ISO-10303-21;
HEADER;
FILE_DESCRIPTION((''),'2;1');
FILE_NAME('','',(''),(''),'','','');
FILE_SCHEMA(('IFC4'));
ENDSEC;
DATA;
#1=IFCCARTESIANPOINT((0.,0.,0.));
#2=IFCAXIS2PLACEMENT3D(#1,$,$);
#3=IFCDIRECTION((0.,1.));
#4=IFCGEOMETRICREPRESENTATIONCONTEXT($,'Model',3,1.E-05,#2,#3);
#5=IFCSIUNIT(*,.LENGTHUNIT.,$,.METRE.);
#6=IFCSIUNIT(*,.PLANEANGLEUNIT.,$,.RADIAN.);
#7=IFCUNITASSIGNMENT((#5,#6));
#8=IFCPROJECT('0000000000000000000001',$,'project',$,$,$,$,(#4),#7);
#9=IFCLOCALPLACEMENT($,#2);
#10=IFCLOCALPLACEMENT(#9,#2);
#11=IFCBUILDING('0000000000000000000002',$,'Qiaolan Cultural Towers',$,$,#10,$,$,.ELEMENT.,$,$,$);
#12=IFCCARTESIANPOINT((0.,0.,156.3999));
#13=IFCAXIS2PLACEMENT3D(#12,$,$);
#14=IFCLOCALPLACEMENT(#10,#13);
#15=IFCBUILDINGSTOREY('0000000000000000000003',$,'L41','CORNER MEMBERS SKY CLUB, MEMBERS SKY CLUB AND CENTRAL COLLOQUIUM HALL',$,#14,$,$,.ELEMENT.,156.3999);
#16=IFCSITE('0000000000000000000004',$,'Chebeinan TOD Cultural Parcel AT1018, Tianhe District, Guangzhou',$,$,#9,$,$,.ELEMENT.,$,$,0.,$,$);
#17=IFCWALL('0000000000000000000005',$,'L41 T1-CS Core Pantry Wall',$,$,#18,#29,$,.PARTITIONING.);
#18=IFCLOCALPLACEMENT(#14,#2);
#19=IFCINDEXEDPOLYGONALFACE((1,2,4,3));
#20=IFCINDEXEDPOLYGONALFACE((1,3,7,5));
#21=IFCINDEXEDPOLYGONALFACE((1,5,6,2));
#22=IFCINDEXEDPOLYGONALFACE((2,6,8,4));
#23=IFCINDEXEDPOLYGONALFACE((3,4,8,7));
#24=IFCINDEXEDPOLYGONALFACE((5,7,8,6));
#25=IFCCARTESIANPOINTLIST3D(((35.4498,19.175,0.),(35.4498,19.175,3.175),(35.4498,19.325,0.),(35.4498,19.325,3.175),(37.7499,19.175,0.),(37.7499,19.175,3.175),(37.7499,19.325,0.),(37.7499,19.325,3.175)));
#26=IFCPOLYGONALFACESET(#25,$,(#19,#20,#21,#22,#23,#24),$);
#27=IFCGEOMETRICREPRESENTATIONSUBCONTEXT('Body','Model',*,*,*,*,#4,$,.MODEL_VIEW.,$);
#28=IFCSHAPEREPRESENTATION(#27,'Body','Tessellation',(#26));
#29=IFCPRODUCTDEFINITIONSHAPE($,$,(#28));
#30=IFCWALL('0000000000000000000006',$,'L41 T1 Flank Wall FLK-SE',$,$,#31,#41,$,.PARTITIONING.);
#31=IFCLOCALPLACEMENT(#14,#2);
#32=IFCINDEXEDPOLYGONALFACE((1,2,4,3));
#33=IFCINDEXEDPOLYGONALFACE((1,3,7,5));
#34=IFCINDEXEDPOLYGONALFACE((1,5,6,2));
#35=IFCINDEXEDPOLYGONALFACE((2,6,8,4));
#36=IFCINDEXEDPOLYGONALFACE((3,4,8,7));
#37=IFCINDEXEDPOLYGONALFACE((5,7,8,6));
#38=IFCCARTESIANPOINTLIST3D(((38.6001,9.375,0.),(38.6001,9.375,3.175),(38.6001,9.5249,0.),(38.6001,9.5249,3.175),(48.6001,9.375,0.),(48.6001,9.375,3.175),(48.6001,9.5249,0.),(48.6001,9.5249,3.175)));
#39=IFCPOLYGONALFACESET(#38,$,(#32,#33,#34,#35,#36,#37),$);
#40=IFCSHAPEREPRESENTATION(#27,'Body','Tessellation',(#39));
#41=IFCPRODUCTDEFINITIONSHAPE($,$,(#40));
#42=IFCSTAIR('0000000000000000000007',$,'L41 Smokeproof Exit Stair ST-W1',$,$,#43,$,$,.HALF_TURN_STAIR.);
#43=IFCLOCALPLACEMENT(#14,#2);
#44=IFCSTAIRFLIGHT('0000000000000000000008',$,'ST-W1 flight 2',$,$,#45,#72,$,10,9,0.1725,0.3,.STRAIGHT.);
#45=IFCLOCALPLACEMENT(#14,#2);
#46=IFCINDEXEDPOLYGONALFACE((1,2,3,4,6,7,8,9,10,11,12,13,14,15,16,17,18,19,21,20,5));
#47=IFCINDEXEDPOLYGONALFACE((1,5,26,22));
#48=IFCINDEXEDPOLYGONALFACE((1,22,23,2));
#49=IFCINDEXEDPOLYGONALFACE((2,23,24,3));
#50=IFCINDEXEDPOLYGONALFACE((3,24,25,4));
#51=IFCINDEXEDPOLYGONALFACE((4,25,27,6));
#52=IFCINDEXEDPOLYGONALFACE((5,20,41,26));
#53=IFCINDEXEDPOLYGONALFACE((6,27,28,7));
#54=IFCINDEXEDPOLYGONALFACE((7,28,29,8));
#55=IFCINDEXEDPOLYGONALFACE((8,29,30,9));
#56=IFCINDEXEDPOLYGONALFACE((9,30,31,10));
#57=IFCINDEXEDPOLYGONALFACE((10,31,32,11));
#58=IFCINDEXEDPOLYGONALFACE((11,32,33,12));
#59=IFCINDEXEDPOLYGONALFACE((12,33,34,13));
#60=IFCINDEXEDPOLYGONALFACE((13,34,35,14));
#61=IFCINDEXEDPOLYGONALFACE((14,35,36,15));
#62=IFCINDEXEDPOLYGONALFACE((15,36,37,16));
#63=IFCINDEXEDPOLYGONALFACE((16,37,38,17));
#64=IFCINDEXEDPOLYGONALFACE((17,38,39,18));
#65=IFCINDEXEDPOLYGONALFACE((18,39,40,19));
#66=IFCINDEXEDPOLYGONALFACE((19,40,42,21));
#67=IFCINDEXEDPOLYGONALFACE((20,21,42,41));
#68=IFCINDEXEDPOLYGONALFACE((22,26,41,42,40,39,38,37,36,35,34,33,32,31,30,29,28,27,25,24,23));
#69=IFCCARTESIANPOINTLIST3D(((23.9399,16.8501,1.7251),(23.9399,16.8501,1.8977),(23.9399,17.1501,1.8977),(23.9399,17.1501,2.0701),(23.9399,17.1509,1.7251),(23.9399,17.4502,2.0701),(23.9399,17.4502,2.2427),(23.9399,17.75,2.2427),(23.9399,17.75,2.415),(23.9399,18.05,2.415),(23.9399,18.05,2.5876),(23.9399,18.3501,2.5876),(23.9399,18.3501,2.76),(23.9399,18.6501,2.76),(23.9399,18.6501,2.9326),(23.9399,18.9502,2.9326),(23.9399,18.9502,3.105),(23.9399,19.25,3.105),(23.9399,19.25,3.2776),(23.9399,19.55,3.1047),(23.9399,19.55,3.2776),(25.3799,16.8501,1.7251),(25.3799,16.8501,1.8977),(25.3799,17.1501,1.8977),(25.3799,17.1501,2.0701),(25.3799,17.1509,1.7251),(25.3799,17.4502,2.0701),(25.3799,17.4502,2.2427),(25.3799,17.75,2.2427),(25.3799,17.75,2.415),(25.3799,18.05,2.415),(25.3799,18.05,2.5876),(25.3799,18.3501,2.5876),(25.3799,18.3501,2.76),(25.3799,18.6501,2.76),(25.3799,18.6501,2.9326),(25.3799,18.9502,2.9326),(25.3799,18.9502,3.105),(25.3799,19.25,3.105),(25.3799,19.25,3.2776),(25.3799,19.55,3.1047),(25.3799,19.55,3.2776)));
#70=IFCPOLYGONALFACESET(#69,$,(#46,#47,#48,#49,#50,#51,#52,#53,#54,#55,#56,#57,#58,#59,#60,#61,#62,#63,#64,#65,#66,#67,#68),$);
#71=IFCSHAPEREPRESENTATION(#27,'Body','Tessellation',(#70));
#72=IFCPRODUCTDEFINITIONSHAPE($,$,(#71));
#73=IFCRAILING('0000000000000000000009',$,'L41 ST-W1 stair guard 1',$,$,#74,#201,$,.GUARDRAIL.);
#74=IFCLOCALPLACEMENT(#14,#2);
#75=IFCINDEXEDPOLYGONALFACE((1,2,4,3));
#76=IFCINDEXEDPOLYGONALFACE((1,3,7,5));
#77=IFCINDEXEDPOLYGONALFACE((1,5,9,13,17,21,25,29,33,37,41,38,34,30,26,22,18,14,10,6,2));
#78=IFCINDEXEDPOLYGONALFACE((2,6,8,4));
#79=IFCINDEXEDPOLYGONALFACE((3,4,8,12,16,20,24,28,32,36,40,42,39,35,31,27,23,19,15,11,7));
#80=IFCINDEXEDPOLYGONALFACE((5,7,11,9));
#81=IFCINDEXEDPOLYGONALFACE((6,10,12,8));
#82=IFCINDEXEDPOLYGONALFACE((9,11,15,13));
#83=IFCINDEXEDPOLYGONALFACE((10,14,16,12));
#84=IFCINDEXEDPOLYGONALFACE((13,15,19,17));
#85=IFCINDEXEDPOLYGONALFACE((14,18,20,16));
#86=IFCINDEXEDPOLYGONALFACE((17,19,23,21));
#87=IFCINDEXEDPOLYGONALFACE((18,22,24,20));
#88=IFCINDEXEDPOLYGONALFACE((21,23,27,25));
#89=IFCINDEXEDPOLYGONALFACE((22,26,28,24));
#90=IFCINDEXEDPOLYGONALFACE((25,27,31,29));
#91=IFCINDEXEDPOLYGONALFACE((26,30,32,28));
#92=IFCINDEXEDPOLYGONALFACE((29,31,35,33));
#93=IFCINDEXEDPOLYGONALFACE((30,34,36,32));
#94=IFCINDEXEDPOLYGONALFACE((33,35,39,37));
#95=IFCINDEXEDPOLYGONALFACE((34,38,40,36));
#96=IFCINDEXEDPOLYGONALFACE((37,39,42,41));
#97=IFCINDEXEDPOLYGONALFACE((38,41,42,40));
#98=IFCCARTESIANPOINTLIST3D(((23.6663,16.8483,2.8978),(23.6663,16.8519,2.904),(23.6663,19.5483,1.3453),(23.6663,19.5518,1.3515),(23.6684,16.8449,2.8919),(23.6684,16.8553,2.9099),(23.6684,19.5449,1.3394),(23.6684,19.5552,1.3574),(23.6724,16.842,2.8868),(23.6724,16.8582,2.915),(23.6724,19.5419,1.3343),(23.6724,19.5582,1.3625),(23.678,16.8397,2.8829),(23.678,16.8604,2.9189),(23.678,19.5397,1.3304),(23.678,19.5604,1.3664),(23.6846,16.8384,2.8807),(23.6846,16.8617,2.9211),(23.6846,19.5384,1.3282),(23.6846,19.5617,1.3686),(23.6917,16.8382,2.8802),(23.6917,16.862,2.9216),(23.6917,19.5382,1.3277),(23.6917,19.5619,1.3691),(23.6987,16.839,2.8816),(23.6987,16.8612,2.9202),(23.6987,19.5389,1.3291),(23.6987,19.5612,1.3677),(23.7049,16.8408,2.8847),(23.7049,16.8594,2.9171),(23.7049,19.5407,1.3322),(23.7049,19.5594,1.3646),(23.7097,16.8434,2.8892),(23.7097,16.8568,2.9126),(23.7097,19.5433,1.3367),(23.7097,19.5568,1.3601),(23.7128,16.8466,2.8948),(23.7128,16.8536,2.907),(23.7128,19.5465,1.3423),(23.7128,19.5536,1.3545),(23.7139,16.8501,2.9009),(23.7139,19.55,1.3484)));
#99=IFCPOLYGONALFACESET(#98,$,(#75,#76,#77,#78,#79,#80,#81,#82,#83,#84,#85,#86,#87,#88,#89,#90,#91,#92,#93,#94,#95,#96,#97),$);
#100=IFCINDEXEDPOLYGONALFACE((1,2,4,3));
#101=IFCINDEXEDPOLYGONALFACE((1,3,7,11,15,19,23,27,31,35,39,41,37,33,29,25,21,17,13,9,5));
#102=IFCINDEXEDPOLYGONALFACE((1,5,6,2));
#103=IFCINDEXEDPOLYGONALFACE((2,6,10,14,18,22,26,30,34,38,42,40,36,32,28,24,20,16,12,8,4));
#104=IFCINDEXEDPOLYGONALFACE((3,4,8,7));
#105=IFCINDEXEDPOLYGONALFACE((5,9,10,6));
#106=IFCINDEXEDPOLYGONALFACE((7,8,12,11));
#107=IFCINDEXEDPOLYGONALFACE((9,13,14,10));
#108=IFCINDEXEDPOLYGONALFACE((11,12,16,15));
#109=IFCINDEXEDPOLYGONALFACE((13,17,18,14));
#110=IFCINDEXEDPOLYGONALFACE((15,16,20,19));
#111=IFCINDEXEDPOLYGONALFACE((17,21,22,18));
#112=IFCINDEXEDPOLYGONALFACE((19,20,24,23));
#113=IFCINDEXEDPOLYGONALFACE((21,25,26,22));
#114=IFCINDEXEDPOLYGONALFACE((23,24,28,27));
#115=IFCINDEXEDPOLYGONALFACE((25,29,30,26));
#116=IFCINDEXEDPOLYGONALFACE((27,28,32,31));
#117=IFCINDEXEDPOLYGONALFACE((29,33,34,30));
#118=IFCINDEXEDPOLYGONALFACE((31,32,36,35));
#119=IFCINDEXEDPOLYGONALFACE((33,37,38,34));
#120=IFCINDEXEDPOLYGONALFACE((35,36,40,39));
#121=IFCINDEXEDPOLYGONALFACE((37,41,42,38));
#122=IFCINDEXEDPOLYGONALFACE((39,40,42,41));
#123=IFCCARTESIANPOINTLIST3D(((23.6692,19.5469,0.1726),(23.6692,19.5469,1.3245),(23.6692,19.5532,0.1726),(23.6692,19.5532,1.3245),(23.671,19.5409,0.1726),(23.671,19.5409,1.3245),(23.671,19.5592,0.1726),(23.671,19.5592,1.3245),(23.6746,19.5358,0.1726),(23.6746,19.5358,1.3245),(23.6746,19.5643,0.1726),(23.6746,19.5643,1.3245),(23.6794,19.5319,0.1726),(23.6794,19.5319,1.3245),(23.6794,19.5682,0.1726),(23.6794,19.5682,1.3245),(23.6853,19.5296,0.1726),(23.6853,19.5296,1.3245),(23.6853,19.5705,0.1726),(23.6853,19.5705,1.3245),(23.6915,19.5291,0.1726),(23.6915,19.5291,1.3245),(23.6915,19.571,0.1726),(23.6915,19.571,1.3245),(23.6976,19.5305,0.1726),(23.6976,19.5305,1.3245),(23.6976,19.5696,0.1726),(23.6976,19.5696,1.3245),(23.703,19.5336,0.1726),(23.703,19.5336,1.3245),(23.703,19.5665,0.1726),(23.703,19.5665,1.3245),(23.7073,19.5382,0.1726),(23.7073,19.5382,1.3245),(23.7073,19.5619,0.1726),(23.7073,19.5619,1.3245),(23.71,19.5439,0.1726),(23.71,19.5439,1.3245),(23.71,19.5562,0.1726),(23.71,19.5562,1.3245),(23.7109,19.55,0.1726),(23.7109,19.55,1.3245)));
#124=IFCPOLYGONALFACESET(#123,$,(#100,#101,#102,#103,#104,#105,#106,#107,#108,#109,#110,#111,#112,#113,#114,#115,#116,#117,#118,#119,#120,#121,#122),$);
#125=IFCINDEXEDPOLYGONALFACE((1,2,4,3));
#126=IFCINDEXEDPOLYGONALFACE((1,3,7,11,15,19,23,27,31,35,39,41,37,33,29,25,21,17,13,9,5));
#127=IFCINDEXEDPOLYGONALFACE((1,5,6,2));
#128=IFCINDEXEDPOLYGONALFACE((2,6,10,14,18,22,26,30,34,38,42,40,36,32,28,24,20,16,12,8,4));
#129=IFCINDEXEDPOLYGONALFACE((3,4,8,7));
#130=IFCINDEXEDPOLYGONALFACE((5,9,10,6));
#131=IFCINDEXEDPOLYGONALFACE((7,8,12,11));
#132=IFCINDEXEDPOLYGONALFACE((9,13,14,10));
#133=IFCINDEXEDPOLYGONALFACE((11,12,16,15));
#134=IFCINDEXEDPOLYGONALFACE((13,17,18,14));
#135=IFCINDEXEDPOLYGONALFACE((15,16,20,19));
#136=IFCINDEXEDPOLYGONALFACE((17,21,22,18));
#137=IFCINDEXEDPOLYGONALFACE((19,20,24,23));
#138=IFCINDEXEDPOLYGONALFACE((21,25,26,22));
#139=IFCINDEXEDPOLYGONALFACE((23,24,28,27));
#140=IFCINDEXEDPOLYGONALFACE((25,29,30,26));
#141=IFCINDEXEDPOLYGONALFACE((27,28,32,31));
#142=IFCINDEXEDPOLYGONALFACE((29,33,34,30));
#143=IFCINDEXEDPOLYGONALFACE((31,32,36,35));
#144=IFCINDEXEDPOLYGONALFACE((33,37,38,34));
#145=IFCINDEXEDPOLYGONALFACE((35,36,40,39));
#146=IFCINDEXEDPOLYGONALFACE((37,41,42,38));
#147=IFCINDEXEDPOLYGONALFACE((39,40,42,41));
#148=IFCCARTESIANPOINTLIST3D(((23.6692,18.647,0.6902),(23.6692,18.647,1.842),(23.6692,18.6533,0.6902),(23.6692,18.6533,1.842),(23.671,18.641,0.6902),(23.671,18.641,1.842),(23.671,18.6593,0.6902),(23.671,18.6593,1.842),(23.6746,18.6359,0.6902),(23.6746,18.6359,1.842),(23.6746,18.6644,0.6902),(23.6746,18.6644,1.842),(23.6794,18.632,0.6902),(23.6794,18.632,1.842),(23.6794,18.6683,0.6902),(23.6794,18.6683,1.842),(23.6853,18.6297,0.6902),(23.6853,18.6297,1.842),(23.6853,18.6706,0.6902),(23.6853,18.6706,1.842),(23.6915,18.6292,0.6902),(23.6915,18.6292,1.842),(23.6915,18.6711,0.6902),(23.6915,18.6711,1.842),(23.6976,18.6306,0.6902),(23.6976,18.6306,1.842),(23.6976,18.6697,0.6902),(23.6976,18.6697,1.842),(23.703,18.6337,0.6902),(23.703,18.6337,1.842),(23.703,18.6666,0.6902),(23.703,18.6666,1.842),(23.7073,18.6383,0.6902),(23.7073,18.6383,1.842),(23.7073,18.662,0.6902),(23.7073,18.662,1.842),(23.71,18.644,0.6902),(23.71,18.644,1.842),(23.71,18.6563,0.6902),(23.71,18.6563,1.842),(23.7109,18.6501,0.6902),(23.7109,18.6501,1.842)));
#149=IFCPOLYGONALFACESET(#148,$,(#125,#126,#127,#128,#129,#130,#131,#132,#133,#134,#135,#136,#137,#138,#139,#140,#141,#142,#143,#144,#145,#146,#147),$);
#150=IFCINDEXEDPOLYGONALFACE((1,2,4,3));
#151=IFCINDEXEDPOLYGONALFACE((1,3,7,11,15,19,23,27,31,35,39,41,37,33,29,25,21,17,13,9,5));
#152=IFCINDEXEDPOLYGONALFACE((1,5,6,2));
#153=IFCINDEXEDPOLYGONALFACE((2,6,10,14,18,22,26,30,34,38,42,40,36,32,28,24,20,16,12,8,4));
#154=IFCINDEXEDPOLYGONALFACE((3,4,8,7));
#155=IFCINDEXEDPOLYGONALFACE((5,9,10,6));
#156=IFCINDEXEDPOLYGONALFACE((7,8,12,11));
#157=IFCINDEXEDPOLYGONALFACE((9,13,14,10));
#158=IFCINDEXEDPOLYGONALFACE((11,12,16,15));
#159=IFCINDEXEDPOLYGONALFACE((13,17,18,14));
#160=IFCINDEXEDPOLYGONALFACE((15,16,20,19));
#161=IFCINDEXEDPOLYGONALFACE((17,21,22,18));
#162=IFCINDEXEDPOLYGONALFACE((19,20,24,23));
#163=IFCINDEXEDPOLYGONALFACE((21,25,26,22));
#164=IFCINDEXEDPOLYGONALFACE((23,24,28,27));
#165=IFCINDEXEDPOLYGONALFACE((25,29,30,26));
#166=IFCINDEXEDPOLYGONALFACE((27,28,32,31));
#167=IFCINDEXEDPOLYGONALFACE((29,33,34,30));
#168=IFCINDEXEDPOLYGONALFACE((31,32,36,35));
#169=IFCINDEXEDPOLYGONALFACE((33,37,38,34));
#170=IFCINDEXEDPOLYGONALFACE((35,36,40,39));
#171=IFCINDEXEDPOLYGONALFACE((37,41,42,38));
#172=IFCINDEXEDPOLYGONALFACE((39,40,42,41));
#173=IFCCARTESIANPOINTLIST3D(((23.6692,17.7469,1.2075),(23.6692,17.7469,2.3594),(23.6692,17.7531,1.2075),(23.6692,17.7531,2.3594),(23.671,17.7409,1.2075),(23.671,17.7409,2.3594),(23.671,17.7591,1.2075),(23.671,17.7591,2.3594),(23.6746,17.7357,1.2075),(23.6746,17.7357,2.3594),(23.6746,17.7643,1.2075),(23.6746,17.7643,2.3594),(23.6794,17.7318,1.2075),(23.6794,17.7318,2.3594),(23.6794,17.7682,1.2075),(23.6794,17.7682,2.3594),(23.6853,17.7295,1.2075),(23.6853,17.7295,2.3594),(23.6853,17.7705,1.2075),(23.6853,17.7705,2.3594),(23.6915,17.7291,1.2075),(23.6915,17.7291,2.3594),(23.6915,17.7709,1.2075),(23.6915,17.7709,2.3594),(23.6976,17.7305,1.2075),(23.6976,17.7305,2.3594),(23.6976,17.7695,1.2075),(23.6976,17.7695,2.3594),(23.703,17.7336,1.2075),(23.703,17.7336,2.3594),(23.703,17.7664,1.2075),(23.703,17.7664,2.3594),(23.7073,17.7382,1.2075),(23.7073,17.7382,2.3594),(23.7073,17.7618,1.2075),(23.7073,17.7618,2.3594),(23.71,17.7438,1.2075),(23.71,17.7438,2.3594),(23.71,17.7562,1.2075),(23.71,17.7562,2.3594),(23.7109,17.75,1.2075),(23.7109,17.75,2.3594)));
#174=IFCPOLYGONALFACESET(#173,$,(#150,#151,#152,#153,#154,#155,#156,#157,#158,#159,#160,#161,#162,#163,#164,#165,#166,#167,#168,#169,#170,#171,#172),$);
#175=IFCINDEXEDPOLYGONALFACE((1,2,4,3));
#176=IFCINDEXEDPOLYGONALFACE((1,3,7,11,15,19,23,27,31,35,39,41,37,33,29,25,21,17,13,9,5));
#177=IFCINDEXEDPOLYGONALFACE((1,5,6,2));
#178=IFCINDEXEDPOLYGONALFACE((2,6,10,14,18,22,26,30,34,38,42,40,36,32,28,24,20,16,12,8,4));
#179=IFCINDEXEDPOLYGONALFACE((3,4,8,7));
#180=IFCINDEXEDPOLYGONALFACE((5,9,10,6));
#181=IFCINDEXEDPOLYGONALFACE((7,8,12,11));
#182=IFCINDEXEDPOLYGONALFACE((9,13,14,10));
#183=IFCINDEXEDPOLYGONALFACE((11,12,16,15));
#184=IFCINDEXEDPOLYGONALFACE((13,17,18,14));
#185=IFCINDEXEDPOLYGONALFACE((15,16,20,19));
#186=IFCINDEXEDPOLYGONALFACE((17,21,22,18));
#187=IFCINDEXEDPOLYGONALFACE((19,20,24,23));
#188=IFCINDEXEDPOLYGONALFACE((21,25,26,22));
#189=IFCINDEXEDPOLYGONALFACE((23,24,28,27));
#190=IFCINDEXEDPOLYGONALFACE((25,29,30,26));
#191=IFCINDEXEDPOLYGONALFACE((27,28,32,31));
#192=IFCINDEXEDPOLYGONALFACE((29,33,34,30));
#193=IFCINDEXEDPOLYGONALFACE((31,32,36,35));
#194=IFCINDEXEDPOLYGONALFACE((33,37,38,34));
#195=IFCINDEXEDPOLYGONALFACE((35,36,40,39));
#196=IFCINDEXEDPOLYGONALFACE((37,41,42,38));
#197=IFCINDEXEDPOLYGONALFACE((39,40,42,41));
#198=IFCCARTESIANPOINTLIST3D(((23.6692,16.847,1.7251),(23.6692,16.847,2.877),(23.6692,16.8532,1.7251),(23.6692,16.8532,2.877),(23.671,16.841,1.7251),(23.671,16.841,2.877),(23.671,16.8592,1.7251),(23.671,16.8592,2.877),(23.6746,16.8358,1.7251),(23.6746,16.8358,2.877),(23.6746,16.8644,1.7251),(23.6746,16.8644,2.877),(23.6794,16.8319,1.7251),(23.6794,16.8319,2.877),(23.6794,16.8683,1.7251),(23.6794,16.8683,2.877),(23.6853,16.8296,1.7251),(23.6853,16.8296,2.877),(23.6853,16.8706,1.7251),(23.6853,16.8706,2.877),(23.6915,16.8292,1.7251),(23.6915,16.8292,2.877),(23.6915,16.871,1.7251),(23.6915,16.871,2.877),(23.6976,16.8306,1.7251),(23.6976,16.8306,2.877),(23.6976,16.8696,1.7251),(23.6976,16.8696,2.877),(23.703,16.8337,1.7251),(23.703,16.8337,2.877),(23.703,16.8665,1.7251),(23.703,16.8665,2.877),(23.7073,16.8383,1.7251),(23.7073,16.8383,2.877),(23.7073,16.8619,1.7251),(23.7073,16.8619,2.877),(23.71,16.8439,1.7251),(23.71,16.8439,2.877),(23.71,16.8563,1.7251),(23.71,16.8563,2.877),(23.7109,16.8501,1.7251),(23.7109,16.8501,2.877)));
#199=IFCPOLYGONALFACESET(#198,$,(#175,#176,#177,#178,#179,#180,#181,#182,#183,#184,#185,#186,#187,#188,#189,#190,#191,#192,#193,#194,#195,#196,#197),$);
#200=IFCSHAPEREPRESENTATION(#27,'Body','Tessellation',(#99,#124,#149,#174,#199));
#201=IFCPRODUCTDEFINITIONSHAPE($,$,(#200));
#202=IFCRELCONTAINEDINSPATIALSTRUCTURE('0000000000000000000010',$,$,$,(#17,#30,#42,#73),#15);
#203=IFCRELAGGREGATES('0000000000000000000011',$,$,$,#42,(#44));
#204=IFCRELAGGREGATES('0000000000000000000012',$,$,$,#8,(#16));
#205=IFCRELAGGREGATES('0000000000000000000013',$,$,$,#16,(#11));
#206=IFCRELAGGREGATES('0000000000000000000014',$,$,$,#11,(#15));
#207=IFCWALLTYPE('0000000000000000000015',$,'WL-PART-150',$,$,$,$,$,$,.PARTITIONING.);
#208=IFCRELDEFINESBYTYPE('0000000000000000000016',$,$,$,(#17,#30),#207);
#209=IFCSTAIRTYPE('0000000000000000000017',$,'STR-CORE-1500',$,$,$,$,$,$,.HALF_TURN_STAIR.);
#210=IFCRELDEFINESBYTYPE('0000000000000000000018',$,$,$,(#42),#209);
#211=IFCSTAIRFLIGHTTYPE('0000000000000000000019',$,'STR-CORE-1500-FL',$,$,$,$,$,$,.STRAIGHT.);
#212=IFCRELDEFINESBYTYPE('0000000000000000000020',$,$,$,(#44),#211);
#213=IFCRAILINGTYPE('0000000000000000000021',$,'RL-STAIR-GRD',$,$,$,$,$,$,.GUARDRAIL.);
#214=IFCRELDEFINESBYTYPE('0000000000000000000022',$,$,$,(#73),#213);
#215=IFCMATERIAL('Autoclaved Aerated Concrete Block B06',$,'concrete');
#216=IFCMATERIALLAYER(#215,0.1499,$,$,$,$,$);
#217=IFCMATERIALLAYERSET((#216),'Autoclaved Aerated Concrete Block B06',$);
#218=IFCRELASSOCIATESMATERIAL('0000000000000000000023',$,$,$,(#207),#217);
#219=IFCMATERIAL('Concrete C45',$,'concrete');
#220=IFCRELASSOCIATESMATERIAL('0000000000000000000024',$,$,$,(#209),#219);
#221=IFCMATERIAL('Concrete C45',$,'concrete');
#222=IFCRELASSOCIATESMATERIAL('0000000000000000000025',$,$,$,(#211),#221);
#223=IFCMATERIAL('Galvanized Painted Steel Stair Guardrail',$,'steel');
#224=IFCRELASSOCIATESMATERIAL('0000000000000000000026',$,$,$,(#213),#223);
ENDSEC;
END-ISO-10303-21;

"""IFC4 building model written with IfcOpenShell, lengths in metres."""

from ifc_helpers import new_model, si_unit, direction, frame, frame_2d, origin, origin_2d, place, context, subcontext, project, spatial, polyline, rectangle, circle, outline, extrude, material, layer, layer_set, type_object, element, aggregate, save


model = new_model("IFC4")

# Units and contexts
model_context = context("Model", 3, precision=1e-05, world=origin(), true_north=direction((0.0, 1.0)))
body_context = subcontext(model_context, "Body", "Model", "MODEL_VIEW")
ifc_project = project(units=[si_unit("LENGTHUNIT", "METRE"), si_unit("PLANEANGLEUNIT", "RADIAN")], contexts=[model_context])

# Site, building, storey
site_placement = place(None, origin())
site = spatial("IfcSite", under=ifc_project, at=site_placement, Name="Chebeinan TOD Cultural Parcel AT1018, Tianhe District, Guangzhou", CompositionType="ELEMENT", RefElevation=0.0)
building_placement = place(site_placement, origin())
building = spatial("IfcBuilding", under=site, at=building_placement, Name="Qiaolan Cultural Towers", CompositionType="ELEMENT")
storey_placement = place(building_placement, frame((0.0, 0.0, 156.3999)))
storey = spatial("IfcBuildingStorey", under=building, at=storey_placement, Name="L41", Description="CORNER MEMBERS SKY CLUB, MEMBERS SKY CLUB AND CENTRAL COLLOQUIUM HALL", CompositionType="ELEMENT", Elevation=156.3999)

# Walls
ifc_material_1 = material(Name="Autoclaved Aerated Concrete Block B06", Category="concrete")
ifc_layer_1 = layer(ifc_material_1, 0.1499)
ifc_layer_set_1 = layer_set([ifc_layer_1], Name="Autoclaved Aerated Concrete Block B06")
wall_type_1 = type_object("IfcWallType", Name="WL-PART-150", PredefinedType="PARTITIONING", material=ifc_layer_set_1)
for number, where, z_axis, x_axis, name in (
    (1, (35.45, 19.25, 0.0), (0.0, 0.0, 1.0), (1.0, 0.0, 0.0), "L41 T1-CS Core Pantry Wall"),
):
    element("IfcWall", number, at=place(storey_placement, frame(where, z_axis=z_axis, x_axis=x_axis)), inside=storey, type_object=wall_type_1, Name=name, PredefinedType="PARTITIONING", context=body_context, shape_type="SweptSolid", body=[
        extrude(rectangle(XDim=2.3, YDim=0.1499, at=frame_2d((1.1499, 0.0))), origin(), (0.0, 0.0, 1.0), 3.175),
    ])
wall_1_placement = place(storey_placement, frame((38.6001, 9.45, 0.0), z_axis=(0.0, 0.0, 1.0), x_axis=(1.0, 0.0, 0.0)))
element("IfcWall", 2, at=wall_1_placement, inside=storey, type_object=wall_type_1, Name="L41 T1 Flank Wall FLK-SE", PredefinedType="PARTITIONING", context=body_context, shape_type="SweptSolid", body=[
    extrude(rectangle(XDim=10.0, YDim=0.1499, at=frame_2d((5.0, 0.0))), origin(), (0.0, 0.0, 1.0), 3.175),
])

# Stair, stair flight
ifc_material_2 = material(Name="Concrete C45", Category="concrete")
stair_type = type_object("IfcStairType", Name="STR-CORE-1500", PredefinedType="HALF_TURN_STAIR", material=ifc_material_2)
stair_placement = place(storey_placement, origin())
stair = element("IfcStair", 3, at=stair_placement, inside=storey, type_object=stair_type, Name="L41 Smokeproof Exit Stair ST-W1", PredefinedType="HALF_TURN_STAIR")
ifc_material_3 = material(Name="Concrete C45", Category="concrete")
stair_flight_type = type_object("IfcStairFlightType", Name="STR-CORE-1500-FL", PredefinedType="STRAIGHT", material=ifc_material_3)
stair_flight_placement = place(storey_placement, frame((24.6599, 16.8501, 1.7251), z_axis=(0.0, 0.0, 1.0), x_axis=(0.0, 1.0, 0.0)))
stair_flight = element("IfcStairFlight", 4, at=stair_flight_placement, type_object=stair_flight_type, Name="ST-W1 flight 2", NumberOfRisers=10, NumberOfTreads=9, PredefinedType="STRAIGHT", RiserHeight=0.1725, TreadLength=0.3, context=body_context, shape_type="SweptSolid", body=[
    extrude(outline(polyline([(0.0, 0.0), (0.0, 0.1726), (0.3, 0.1726), (0.3, 0.345), (0.6001, 0.345), (0.6001, 0.5176), (0.8999, 0.5176), (0.8999, 0.6899), (1.2, 0.6899), (1.2, 0.8625), (1.5, 0.8625), (1.5, 1.0349), (1.8, 1.0349), (1.8, 1.2075), (2.1001, 1.2075), (2.1001, 1.3799), (2.3999, 1.3799), (2.3999, 1.5525), (2.7, 1.5525), (2.7, 1.7251), (2.7, 1.3796), (0.3008, 0.0), (0.0, 0.0)])), frame((0.0, 0.72, 0.0), z_axis=(0.0, -1.0, 0.0), x_axis=(1.0, 0.0, 0.0)), (0.0, 0.0, 1.0), 1.4399),
])
aggregate(stair, [stair_flight])

# Railing
ifc_material_4 = material(Name="Galvanized Painted Steel Stair Guardrail", Category="steel")
railing_type_1 = type_object("IfcRailingType", Name="RL-STAIR-GRD", PredefinedType="GUARDRAIL", material=ifc_material_4)
railing_1_placement = place(storey_placement, frame((23.6899, 19.55, 0.1726)))
element("IfcRailing", 5, at=railing_1_placement, inside=storey, type_object=railing_type_1, Name="L41 ST-W1 stair guard 1", PredefinedType="GUARDRAIL", context=body_context, shape_type="SweptSolid", body=[
    extrude(circle(Radius=0.0239, at=origin_2d()), frame((0.0, 0.0, 1.1758), z_axis=(0.0, -0.866904, 0.498476), x_axis=(1.0, 0.0, 0.0)), (0.0, 0.0, 1.0), 3.1145),
    extrude(circle(Radius=0.021, at=origin_2d()), origin(), (0.0, 0.0, 1.0), 1.1519),
    extrude(circle(Radius=0.021, at=origin_2d()), frame((0.0, -0.8999, 0.5176)), (0.0, 0.0, 1.0), 1.1519),
    extrude(circle(Radius=0.021, at=origin_2d()), frame((0.0, -1.8, 1.0349)), (0.0, 0.0, 1.0), 1.1519),
    extrude(circle(Radius=0.021, at=origin_2d()), frame((0.0, -2.7, 1.5525)), (0.0, 0.0, 1.0), 1.1519),
])

save(model, "model.ifc")
